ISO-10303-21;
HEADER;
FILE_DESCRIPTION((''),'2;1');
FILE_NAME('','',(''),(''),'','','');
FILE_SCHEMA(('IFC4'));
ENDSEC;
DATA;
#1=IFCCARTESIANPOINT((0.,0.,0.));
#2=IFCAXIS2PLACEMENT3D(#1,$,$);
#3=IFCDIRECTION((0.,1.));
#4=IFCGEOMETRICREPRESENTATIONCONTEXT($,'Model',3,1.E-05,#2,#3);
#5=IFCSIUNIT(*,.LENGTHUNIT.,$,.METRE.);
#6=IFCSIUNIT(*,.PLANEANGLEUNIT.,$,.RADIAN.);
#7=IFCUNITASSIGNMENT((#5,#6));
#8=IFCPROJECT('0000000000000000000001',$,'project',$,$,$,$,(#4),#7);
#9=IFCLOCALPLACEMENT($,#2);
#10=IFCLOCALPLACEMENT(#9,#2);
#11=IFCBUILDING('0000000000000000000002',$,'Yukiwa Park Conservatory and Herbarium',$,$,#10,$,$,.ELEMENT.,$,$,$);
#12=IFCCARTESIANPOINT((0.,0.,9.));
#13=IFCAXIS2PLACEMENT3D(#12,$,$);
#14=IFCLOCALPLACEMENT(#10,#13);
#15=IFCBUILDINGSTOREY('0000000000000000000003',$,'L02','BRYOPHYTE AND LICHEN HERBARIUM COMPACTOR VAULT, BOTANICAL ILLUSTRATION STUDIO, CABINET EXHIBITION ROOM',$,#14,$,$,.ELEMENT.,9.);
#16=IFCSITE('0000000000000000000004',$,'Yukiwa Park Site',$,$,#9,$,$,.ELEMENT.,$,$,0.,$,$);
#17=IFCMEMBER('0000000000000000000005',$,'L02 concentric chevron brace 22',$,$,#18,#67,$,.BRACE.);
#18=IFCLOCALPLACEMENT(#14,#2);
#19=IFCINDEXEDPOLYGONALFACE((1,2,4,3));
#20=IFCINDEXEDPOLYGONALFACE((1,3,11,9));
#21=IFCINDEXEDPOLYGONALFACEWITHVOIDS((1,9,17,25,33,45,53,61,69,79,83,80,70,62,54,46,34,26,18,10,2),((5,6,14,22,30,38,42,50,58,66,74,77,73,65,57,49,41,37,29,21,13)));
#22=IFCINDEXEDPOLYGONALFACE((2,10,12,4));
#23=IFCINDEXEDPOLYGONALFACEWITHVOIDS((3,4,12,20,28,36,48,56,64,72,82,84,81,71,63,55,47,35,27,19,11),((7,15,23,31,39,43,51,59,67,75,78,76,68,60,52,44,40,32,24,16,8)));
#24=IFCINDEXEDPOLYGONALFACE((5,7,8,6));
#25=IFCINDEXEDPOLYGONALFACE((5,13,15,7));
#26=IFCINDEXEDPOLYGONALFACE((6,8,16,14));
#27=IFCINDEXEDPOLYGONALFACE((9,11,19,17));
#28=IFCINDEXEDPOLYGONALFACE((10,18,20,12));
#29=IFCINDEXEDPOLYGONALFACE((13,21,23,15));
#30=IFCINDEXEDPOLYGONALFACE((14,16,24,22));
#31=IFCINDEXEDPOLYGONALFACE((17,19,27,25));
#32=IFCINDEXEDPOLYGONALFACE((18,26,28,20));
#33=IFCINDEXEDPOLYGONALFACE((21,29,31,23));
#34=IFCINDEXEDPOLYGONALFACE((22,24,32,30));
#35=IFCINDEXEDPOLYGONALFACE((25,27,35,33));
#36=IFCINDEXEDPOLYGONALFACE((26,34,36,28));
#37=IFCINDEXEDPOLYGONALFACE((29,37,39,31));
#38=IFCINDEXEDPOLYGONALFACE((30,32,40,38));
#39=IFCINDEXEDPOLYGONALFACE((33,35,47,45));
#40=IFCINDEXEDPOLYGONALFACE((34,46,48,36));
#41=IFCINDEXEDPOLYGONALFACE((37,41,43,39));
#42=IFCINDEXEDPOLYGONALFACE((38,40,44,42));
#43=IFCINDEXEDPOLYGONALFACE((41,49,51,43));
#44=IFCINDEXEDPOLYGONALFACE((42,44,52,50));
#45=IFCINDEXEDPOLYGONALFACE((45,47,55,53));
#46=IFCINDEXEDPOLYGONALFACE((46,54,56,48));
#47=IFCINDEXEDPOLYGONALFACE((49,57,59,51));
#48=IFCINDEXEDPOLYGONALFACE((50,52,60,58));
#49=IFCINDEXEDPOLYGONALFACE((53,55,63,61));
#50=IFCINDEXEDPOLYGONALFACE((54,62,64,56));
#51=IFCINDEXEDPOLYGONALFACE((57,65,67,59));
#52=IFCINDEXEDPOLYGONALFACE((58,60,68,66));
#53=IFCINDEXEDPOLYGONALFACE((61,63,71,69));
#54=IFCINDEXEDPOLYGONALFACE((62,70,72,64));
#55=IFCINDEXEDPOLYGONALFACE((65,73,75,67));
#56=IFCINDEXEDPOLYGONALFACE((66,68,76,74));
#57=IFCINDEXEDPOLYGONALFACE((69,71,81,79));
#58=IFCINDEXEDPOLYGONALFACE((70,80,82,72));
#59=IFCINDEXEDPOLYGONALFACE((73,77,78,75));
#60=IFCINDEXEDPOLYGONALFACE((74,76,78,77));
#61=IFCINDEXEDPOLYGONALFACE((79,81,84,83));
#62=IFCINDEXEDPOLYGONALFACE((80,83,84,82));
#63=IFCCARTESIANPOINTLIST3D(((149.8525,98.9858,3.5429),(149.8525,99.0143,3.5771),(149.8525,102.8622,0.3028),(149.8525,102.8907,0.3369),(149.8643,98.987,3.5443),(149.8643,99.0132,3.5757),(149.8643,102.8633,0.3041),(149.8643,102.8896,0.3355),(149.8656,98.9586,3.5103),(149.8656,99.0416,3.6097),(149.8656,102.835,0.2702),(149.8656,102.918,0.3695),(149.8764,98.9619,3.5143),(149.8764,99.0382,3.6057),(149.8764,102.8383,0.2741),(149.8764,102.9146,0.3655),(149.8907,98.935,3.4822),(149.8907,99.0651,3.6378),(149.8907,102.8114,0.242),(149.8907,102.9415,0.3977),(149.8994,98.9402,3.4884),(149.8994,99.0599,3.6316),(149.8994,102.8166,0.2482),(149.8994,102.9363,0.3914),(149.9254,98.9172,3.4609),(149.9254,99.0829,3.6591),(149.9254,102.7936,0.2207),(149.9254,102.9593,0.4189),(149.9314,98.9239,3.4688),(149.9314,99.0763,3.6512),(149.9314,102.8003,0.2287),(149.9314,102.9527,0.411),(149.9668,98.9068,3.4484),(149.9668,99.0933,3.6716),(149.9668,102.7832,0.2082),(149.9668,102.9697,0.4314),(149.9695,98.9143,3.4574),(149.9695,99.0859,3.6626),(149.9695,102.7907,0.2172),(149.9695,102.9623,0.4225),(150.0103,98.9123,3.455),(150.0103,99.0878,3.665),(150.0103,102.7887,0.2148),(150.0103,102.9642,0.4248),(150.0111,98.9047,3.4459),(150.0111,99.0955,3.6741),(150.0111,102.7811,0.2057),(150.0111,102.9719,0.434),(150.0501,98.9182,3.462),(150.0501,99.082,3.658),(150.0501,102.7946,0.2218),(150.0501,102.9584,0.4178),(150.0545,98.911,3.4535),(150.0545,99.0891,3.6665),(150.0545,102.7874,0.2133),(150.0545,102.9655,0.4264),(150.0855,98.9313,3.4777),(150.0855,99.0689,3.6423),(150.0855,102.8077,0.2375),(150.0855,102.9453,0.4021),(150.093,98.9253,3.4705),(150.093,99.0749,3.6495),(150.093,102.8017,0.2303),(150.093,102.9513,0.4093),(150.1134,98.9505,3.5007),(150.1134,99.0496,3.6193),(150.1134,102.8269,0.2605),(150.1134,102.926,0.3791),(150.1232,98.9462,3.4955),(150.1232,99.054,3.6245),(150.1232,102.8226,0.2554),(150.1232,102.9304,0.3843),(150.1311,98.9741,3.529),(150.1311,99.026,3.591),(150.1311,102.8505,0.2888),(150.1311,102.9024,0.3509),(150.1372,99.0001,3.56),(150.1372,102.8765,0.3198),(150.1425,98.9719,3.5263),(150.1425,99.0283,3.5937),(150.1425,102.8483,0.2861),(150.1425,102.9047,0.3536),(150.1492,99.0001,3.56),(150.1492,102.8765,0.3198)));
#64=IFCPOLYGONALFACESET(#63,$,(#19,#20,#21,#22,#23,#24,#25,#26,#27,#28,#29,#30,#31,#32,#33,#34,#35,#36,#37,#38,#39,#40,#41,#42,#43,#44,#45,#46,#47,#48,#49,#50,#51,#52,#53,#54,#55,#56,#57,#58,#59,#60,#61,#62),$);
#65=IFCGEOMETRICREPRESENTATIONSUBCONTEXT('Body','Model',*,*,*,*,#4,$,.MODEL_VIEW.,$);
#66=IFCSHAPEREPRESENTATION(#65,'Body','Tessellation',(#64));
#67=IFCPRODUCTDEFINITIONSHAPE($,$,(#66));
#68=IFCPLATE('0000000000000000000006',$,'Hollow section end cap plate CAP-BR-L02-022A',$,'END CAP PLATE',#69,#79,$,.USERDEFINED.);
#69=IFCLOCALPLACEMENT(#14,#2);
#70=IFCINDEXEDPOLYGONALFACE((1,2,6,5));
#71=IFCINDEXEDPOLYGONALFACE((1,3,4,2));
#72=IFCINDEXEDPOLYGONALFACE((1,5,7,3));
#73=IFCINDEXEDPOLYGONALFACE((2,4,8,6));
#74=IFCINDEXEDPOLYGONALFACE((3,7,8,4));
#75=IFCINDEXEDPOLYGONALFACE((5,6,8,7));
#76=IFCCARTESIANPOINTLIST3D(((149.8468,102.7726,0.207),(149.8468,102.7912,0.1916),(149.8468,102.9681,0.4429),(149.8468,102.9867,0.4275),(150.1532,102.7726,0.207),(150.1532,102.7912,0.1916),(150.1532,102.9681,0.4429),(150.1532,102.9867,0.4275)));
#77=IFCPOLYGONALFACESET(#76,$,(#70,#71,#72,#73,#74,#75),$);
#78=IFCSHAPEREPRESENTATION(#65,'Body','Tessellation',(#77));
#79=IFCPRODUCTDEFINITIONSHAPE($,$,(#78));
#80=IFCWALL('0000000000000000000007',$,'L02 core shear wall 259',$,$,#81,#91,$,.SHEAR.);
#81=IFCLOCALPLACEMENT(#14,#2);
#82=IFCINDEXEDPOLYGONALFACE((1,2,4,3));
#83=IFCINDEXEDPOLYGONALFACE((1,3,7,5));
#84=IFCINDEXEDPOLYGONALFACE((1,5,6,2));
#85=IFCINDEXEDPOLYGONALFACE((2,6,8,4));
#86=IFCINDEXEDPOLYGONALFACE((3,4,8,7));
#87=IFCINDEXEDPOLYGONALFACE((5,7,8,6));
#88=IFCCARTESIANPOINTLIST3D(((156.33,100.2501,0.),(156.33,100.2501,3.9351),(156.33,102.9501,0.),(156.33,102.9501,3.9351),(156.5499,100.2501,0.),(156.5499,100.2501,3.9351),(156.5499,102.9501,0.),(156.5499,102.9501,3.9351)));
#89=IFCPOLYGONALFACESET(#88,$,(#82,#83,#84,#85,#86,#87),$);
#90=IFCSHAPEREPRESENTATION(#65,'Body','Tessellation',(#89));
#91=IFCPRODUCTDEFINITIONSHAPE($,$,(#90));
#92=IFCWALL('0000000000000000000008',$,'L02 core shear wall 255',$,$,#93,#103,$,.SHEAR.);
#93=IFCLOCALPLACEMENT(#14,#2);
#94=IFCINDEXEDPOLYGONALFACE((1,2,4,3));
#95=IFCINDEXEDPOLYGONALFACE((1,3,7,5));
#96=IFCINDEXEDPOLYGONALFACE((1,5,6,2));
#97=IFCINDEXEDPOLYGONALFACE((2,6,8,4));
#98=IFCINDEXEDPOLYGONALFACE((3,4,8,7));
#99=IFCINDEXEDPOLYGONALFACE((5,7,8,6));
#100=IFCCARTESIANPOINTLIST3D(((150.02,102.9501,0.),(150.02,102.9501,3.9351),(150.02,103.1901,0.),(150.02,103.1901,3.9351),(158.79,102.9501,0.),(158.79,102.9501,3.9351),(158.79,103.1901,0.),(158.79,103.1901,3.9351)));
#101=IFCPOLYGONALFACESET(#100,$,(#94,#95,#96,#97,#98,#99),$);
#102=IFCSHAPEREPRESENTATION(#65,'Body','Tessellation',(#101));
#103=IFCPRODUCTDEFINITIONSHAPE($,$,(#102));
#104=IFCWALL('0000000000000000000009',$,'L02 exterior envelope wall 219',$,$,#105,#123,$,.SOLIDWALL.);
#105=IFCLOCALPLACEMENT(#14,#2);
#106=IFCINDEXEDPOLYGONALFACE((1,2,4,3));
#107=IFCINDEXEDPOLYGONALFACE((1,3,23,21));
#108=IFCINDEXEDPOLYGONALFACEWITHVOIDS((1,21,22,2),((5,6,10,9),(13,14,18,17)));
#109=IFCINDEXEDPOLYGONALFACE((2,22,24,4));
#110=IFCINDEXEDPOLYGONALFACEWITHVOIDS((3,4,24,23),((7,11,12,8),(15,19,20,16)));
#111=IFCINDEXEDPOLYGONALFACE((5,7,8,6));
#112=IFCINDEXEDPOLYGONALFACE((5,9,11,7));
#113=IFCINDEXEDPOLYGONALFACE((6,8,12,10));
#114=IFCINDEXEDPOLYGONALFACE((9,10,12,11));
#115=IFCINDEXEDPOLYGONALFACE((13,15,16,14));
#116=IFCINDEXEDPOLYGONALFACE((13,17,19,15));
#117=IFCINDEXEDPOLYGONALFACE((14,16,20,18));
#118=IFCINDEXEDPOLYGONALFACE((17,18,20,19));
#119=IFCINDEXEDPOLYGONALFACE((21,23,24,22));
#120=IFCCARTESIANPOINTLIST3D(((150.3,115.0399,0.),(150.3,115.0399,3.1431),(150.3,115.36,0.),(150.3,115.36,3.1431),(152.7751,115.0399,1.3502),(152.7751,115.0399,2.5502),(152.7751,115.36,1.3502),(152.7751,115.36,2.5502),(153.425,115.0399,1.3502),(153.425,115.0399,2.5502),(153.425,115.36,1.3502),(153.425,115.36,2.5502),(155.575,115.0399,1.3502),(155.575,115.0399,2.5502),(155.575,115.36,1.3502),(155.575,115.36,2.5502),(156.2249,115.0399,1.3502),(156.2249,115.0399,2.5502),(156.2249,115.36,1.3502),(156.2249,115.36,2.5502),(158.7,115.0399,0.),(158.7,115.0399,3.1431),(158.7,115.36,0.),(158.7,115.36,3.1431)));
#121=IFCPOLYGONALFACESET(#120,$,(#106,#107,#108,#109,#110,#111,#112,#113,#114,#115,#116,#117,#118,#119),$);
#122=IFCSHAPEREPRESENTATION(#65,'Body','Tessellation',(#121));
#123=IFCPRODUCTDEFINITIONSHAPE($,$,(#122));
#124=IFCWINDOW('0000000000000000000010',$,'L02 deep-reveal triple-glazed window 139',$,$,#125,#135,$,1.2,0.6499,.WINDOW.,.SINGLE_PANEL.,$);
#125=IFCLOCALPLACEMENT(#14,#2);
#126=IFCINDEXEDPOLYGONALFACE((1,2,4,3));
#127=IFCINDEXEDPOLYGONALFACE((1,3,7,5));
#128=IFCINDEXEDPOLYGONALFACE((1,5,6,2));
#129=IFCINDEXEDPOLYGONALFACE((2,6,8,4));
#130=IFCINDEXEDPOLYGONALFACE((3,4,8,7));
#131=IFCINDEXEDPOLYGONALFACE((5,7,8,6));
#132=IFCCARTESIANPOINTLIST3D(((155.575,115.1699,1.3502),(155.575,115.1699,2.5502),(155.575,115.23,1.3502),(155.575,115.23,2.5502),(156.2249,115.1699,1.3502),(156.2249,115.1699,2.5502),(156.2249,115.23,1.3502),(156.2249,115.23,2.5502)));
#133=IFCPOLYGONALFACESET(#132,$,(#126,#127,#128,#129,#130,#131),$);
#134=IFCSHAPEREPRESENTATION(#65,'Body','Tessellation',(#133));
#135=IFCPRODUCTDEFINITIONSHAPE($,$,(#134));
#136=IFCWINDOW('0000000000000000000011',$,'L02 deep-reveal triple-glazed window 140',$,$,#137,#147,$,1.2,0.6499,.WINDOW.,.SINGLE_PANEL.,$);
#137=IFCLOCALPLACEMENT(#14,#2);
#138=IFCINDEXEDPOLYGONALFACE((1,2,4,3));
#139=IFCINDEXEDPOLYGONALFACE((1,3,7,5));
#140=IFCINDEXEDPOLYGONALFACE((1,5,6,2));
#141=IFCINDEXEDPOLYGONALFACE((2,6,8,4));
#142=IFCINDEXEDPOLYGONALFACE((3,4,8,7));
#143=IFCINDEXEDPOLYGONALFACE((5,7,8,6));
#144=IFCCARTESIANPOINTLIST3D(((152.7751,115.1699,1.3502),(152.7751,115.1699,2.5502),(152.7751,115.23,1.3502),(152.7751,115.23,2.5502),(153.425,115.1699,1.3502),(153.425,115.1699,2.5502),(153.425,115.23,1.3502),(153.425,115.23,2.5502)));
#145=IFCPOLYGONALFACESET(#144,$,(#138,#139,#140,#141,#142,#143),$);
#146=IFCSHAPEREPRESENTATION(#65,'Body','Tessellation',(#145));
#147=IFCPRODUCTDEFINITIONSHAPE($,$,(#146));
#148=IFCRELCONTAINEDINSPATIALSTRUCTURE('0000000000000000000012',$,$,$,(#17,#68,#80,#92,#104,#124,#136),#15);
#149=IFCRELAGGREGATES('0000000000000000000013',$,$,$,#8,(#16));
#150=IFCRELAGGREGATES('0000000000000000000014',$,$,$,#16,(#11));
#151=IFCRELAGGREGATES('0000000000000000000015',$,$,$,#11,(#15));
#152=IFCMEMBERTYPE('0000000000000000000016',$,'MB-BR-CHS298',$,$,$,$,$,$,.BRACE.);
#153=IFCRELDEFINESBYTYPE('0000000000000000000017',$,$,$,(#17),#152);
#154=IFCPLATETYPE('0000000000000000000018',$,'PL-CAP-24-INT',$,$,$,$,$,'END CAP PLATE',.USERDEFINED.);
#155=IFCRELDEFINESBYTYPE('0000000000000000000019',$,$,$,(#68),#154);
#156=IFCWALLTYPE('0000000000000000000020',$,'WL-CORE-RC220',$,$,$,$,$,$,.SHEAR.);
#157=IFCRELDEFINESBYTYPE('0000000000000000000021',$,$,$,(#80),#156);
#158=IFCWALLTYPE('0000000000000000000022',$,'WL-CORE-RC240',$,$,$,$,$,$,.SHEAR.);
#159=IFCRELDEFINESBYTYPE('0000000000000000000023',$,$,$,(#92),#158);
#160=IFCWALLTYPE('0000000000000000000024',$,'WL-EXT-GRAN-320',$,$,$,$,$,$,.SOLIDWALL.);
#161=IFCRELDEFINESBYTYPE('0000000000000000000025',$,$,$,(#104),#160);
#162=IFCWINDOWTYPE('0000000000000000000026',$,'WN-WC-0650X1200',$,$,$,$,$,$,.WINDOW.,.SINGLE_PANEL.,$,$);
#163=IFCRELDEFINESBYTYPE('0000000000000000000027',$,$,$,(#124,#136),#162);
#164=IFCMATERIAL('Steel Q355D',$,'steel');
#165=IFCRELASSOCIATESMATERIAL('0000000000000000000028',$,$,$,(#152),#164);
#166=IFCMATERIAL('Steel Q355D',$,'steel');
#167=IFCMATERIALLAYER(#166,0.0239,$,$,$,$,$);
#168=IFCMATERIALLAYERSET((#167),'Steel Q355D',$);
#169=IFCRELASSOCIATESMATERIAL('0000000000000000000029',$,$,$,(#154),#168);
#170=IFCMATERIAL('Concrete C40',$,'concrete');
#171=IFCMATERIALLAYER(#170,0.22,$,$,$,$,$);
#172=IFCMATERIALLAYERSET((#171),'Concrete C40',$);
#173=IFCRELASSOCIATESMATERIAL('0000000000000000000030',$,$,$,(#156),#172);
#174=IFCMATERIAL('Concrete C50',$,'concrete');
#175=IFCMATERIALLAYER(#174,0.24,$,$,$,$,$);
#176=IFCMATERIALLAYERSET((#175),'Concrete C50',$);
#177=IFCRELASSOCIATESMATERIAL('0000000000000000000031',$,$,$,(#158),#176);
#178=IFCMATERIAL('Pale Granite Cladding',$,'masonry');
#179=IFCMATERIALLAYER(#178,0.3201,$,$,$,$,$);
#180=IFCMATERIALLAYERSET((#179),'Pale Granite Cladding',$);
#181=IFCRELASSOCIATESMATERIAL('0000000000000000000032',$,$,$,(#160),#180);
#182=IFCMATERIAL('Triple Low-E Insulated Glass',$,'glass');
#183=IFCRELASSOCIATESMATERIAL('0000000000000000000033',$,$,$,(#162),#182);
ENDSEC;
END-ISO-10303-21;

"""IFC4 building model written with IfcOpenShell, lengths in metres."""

from ifc_helpers import new_model, si_unit, direction, frame, frame_2d, origin, origin_2d, place, context, subcontext, project, spatial, rectangle, hollow_circle, extrude, material, layer, layer_set, material_profile, profile_set, type_object, element, fill, save


model = new_model("IFC4")

# Units and contexts
model_context = context("Model", 3, precision=1e-05, world=origin(), true_north=direction((0.0, 1.0)))
body_context = subcontext(model_context, "Body", "Model", "MODEL_VIEW")
ifc_project = project(units=[si_unit("LENGTHUNIT", "METRE"), si_unit("PLANEANGLEUNIT", "RADIAN")], contexts=[model_context])

# Site, building, storey
site_placement = place(None, origin())
site = spatial("IfcSite", under=ifc_project, at=site_placement, Name="Yukiwa Park Site", CompositionType="ELEMENT", RefElevation=0.0)
building_placement = place(site_placement, origin())
building = spatial("IfcBuilding", under=site, at=building_placement, Name="Yukiwa Park Conservatory and Herbarium", CompositionType="ELEMENT")
storey_placement = place(building_placement, frame((0.0, 0.0, 9.0)))
storey = spatial("IfcBuildingStorey", under=building, at=storey_placement, Name="L02", Description="BRYOPHYTE AND LICHEN HERBARIUM COMPACTOR VAULT, BOTANICAL ILLUSTRATION STUDIO, CABINET EXHIBITION ROOM", CompositionType="ELEMENT", Elevation=9.0)

# Member
ifc_material_1 = material(Name="Steel Q355D", Category="steel")
ifc_material_profile_1 = material_profile(ifc_material_1, hollow_circle(Radius=0.1492, WallThickness=0.012, at=origin_2d()), Name="CHS 298.5x12")
ifc_profile_set_1 = profile_set([ifc_material_profile_1], Name="Steel Q355D")
member_type = type_object("IfcMemberType", Name="MB-BR-CHS298", PredefinedType="BRACE", material=ifc_profile_set_1)
member_placement = place(storey_placement, frame((150.0, 102.8765, 0.3198), z_axis=(0.0, -0.767262, 0.641334), x_axis=(1.0, 0.0, 0.0)))
element("IfcMember", 1, at=member_placement, inside=storey, type_object=member_type, Name="L02 concentric chevron brace 22", PredefinedType="BRACE", context=body_context, shape_type="SweptSolid", body=[
    extrude(hollow_circle(Radius=0.1492, WallThickness=0.012, at=origin_2d()), origin(), (0.0, 0.0, 1.0), 5.0522),
])

# Plate
ifc_material_2 = material(Name="Steel Q355D", Category="steel")
ifc_layer_1 = layer(ifc_material_2, 0.0239)
ifc_layer_set_1 = layer_set([ifc_layer_1], Name="Steel Q355D")
plate_type = type_object("IfcPlateType", Name="PL-CAP-24-INT", ElementType="END CAP PLATE", PredefinedType="USERDEFINED", material=ifc_layer_set_1)
plate_placement = place(storey_placement, frame((150.0, 102.8704, 0.325), z_axis=(0.0, 0.769879, -0.638189), x_axis=(-1.0, 0.0, 0.0)))
element("IfcPlate", 2, at=plate_placement, inside=storey, type_object=plate_type, Name="Hollow section end cap plate CAP-BR-L02-022A", ObjectType="END CAP PLATE", PredefinedType="USERDEFINED", context=body_context, shape_type="SweptSolid", body=[
    extrude(rectangle(XDim=0.3064, YDim=0.3064, at=origin_2d()), origin(), (0.0, 0.0, 1.0), 0.0242),
])

# Walls
ifc_material_3 = material(Name="Concrete C40", Category="concrete")
ifc_layer_2 = layer(ifc_material_3, 0.22)
ifc_layer_set_2 = layer_set([ifc_layer_2], Name="Concrete C40")
wall_type_1 = type_object("IfcWallType", Name="WL-CORE-RC220", PredefinedType="SHEAR", material=ifc_layer_set_2)
wall_1_placement = place(storey_placement, frame((156.4399, 100.25, 0.0), z_axis=(0.0, 0.0, 1.0), x_axis=(0.0, 1.0, 0.0)))
element("IfcWall", 3, at=wall_1_placement, inside=storey, type_object=wall_type_1, Name="L02 core shear wall 259", PredefinedType="SHEAR", context=body_context, shape_type="SweptSolid", body=[
    extrude(rectangle(XDim=2.7, YDim=0.22, at=frame_2d((1.3501, 0.0))), origin(), (0.0, 0.0, 1.0), 3.9351),
])
ifc_material_4 = material(Name="Concrete C50", Category="concrete")
ifc_layer_3 = layer(ifc_material_4, 0.24)
ifc_layer_set_3 = layer_set([ifc_layer_3], Name="Concrete C50")
wall_type_2 = type_object("IfcWallType", Name="WL-CORE-RC240", PredefinedType="SHEAR", material=ifc_layer_set_3)
wall_2_placement = place(storey_placement, frame((150.02, 103.0701, 0.0), z_axis=(0.0, 0.0, 1.0), x_axis=(1.0, 0.0, 0.0)))
element("IfcWall", 4, at=wall_2_placement, inside=storey, type_object=wall_type_2, Name="L02 core shear wall 255", PredefinedType="SHEAR", context=body_context, shape_type="SweptSolid", body=[
    extrude(rectangle(XDim=8.77, YDim=0.24, at=frame_2d((4.385, 0.0))), origin(), (0.0, 0.0, 1.0), 3.9351),
])

# Wall, openings, windows
ifc_material_5 = material(Name="Pale Granite Cladding", Category="masonry")
ifc_layer_4 = layer(ifc_material_5, 0.3201)
ifc_layer_set_4 = layer_set([ifc_layer_4], Name="Pale Granite Cladding")
wall_type_3 = type_object("IfcWallType", Name="WL-EXT-GRAN-320", PredefinedType="SOLIDWALL", material=ifc_layer_set_4)
wall_3_placement = place(storey_placement, frame((158.7, 115.2, 0.0), z_axis=(0.0, 0.0, 1.0), x_axis=(-1.0, 0.0, 0.0)))
wall_3 = element("IfcWall", 5, at=wall_3_placement, inside=storey, type_object=wall_type_3, Name="L02 exterior envelope wall 219", PredefinedType="SOLIDWALL", context=body_context, shape_type="SweptSolid", body=[
    extrude(rectangle(XDim=8.3999, YDim=0.3201, at=frame_2d((4.2, 0.0))), origin(), (0.0, 0.0, 1.0), 3.1431),
])
opening_1_placement = place(wall_3_placement, frame((2.4751, 0.0, 1.3501)))
opening_1 = element("IfcOpeningElement", 6, at=opening_1_placement, cuts=wall_3, PredefinedType="OPENING", context=body_context, shape_type="SweptSolid", body=[
    extrude(rectangle(XDim=0.6499, YDim=1.2, at=frame_2d((0.325, 0.6001))), frame((0.0, 0.1699, 0.0), z_axis=(0.0, -1.0, 0.0), x_axis=(1.0, 0.0, 0.0)), (0.0, 0.0, 1.0), 0.3401),
])
opening_2_placement = place(wall_3_placement, frame((5.2749, 0.0, 1.3501)))
opening_2 = element("IfcOpeningElement", 7, at=opening_2_placement, cuts=wall_3, PredefinedType="OPENING", context=body_context, shape_type="SweptSolid", body=[
    extrude(rectangle(XDim=0.6499, YDim=1.2, at=frame_2d((0.325, 0.6001))), frame((0.0, 0.1699, 0.0), z_axis=(0.0, -1.0, 0.0), x_axis=(1.0, 0.0, 0.0)), (0.0, 0.0, 1.0), 0.3401),
])
ifc_material_6 = material(Name="Triple Low-E Insulated Glass", Category="glass")
window_type_1 = type_object("IfcWindowType", Name="WN-WC-0650X1200", PartitioningType="SINGLE_PANEL", PredefinedType="WINDOW", material=ifc_material_6)
window_1_placement = place(opening_1_placement, origin())
window_1 = element("IfcWindow", 8, at=window_1_placement, inside=storey, type_object=window_type_1, Name="L02 deep-reveal triple-glazed window 139", OverallHeight=1.2, OverallWidth=0.6499, PartitioningType="SINGLE_PANEL", PredefinedType="WINDOW", context=body_context, shape_type="SweptSolid", body=[
    extrude(rectangle(XDim=0.6499, YDim=1.2, at=frame_2d((0.325, 0.6001))), frame((0.0, 0.03, 0.0), z_axis=(0.0, -1.0, 0.0), x_axis=(1.0, 0.0, 0.0)), (0.0, 0.0, 1.0), 0.0601),
])
fill(opening_1, window_1)
window_2_placement = place(opening_2_placement, origin())
window_2 = element("IfcWindow", 9, at=window_2_placement, inside=storey, type_object=window_type_1, Name="L02 deep-reveal triple-glazed window 140", OverallHeight=1.2, OverallWidth=0.6499, PartitioningType="SINGLE_PANEL", PredefinedType="WINDOW", context=body_context, shape_type="SweptSolid", body=[
    extrude(rectangle(XDim=0.6499, YDim=1.2, at=frame_2d((0.325, 0.6001))), frame((0.0, 0.03, 0.0), z_axis=(0.0, -1.0, 0.0), x_axis=(1.0, 0.0, 0.0)), (0.0, 0.0, 1.0), 0.0601),
])
fill(opening_2, window_2)

save(model, "model.ifc")
